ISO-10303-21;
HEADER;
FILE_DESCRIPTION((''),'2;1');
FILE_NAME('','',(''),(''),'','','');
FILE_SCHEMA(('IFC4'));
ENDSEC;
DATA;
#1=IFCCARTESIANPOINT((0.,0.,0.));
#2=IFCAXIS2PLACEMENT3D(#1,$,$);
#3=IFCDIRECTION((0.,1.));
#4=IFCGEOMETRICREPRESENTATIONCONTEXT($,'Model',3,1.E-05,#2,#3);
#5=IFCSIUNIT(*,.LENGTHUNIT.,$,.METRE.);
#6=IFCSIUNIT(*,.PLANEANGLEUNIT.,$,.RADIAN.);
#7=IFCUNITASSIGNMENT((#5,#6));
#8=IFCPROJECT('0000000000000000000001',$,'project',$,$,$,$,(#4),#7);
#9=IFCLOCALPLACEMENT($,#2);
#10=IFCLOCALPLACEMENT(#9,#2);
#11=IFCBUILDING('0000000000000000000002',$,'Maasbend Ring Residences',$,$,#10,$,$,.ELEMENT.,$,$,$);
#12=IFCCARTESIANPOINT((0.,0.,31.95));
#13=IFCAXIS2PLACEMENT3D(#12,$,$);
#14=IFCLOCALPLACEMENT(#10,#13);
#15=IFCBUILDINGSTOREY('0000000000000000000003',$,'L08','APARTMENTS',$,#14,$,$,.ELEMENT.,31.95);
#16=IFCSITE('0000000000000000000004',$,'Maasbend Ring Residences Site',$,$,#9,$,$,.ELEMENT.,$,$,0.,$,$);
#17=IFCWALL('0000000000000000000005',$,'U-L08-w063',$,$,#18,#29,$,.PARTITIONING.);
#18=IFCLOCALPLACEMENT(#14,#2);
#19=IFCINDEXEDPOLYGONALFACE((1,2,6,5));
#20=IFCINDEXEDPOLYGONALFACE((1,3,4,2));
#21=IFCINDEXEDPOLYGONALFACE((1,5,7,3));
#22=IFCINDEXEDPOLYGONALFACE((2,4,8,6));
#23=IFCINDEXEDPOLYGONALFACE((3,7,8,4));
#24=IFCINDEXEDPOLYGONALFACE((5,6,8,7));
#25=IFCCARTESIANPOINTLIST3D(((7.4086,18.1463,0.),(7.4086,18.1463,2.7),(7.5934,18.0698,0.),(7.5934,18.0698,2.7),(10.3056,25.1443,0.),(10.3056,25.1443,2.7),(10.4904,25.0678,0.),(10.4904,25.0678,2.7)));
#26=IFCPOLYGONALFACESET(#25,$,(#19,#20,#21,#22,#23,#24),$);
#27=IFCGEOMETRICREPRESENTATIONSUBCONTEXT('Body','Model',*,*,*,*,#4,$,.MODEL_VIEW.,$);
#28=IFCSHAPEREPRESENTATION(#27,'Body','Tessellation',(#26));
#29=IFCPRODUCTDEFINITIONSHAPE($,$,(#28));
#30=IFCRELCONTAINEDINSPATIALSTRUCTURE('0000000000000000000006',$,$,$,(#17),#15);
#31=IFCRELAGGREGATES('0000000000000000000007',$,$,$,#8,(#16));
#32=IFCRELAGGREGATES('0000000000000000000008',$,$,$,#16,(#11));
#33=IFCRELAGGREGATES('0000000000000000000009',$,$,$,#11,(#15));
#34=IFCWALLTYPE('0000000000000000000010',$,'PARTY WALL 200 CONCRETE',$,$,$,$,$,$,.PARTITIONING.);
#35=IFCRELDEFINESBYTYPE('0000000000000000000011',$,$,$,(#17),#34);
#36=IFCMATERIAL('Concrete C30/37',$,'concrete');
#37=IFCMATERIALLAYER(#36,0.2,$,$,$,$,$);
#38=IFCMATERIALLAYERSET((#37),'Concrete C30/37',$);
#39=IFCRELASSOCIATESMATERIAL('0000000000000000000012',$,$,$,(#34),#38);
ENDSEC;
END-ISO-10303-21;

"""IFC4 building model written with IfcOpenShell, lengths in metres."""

from ifc_helpers import new_model, si_unit, direction, frame, frame_2d, origin, place, context, subcontext, project, spatial, rectangle, extrude, material, layer, layer_set, type_object, element, save


model = new_model("IFC4")

# Units and contexts
model_context = context("Model", 3, precision=1e-05, world=origin(), true_north=direction((0.0, 1.0)))
body_context = subcontext(model_context, "Body", "Model", "MODEL_VIEW")
ifc_project = project(units=[si_unit("LENGTHUNIT", "METRE"), si_unit("PLANEANGLEUNIT", "RADIAN")], contexts=[model_context])

# Site, building, storey
site_placement = place(None, origin())
site = spatial("IfcSite", under=ifc_project, at=site_placement, Name="Maasbend Ring Residences Site", CompositionType="ELEMENT", RefElevation=0.0)
building_placement = place(site_placement, origin())
building = spatial("IfcBuilding", under=site, at=building_placement, Name="Maasbend Ring Residences", CompositionType="ELEMENT")
storey_placement = place(building_placement, frame((0.0, 0.0, 31.95)))
storey = spatial("IfcBuildingStorey", under=building, at=storey_placement, Name="L08", Description="APARTMENTS", CompositionType="ELEMENT", Elevation=31.95)

# Wall
ifc_material_1 = material(Name="Concrete C30/37", Category="concrete")
ifc_layer_1 = layer(ifc_material_1, 0.2)
ifc_layer_set_1 = layer_set([ifc_layer_1], Name="Concrete C30/37")
wall_type_1 = type_object("IfcWallType", Name="PARTY WALL 200 CONCRETE", PredefinedType="PARTITIONING", material=ifc_layer_set_1)
wall_1_placement = place(storey_placement, frame((7.501, 18.1079, 0.0), z_axis=(0.0, 0.0, 1.0), x_axis=(0.38249, 0.923959, 0.0)))
element("IfcWall", 1, at=wall_1_placement, inside=storey, type_object=wall_type_1, Name="U-L08-w063", PredefinedType="PARTITIONING", context=body_context, shape_type="SweptSolid", body=[
    extrude(rectangle(XDim=7.574, YDim=0.2, at=frame_2d((3.7871, 0.0))), origin(), (0.0, 0.0, 1.0), 2.7),
])

save(model, "model.ifc")
